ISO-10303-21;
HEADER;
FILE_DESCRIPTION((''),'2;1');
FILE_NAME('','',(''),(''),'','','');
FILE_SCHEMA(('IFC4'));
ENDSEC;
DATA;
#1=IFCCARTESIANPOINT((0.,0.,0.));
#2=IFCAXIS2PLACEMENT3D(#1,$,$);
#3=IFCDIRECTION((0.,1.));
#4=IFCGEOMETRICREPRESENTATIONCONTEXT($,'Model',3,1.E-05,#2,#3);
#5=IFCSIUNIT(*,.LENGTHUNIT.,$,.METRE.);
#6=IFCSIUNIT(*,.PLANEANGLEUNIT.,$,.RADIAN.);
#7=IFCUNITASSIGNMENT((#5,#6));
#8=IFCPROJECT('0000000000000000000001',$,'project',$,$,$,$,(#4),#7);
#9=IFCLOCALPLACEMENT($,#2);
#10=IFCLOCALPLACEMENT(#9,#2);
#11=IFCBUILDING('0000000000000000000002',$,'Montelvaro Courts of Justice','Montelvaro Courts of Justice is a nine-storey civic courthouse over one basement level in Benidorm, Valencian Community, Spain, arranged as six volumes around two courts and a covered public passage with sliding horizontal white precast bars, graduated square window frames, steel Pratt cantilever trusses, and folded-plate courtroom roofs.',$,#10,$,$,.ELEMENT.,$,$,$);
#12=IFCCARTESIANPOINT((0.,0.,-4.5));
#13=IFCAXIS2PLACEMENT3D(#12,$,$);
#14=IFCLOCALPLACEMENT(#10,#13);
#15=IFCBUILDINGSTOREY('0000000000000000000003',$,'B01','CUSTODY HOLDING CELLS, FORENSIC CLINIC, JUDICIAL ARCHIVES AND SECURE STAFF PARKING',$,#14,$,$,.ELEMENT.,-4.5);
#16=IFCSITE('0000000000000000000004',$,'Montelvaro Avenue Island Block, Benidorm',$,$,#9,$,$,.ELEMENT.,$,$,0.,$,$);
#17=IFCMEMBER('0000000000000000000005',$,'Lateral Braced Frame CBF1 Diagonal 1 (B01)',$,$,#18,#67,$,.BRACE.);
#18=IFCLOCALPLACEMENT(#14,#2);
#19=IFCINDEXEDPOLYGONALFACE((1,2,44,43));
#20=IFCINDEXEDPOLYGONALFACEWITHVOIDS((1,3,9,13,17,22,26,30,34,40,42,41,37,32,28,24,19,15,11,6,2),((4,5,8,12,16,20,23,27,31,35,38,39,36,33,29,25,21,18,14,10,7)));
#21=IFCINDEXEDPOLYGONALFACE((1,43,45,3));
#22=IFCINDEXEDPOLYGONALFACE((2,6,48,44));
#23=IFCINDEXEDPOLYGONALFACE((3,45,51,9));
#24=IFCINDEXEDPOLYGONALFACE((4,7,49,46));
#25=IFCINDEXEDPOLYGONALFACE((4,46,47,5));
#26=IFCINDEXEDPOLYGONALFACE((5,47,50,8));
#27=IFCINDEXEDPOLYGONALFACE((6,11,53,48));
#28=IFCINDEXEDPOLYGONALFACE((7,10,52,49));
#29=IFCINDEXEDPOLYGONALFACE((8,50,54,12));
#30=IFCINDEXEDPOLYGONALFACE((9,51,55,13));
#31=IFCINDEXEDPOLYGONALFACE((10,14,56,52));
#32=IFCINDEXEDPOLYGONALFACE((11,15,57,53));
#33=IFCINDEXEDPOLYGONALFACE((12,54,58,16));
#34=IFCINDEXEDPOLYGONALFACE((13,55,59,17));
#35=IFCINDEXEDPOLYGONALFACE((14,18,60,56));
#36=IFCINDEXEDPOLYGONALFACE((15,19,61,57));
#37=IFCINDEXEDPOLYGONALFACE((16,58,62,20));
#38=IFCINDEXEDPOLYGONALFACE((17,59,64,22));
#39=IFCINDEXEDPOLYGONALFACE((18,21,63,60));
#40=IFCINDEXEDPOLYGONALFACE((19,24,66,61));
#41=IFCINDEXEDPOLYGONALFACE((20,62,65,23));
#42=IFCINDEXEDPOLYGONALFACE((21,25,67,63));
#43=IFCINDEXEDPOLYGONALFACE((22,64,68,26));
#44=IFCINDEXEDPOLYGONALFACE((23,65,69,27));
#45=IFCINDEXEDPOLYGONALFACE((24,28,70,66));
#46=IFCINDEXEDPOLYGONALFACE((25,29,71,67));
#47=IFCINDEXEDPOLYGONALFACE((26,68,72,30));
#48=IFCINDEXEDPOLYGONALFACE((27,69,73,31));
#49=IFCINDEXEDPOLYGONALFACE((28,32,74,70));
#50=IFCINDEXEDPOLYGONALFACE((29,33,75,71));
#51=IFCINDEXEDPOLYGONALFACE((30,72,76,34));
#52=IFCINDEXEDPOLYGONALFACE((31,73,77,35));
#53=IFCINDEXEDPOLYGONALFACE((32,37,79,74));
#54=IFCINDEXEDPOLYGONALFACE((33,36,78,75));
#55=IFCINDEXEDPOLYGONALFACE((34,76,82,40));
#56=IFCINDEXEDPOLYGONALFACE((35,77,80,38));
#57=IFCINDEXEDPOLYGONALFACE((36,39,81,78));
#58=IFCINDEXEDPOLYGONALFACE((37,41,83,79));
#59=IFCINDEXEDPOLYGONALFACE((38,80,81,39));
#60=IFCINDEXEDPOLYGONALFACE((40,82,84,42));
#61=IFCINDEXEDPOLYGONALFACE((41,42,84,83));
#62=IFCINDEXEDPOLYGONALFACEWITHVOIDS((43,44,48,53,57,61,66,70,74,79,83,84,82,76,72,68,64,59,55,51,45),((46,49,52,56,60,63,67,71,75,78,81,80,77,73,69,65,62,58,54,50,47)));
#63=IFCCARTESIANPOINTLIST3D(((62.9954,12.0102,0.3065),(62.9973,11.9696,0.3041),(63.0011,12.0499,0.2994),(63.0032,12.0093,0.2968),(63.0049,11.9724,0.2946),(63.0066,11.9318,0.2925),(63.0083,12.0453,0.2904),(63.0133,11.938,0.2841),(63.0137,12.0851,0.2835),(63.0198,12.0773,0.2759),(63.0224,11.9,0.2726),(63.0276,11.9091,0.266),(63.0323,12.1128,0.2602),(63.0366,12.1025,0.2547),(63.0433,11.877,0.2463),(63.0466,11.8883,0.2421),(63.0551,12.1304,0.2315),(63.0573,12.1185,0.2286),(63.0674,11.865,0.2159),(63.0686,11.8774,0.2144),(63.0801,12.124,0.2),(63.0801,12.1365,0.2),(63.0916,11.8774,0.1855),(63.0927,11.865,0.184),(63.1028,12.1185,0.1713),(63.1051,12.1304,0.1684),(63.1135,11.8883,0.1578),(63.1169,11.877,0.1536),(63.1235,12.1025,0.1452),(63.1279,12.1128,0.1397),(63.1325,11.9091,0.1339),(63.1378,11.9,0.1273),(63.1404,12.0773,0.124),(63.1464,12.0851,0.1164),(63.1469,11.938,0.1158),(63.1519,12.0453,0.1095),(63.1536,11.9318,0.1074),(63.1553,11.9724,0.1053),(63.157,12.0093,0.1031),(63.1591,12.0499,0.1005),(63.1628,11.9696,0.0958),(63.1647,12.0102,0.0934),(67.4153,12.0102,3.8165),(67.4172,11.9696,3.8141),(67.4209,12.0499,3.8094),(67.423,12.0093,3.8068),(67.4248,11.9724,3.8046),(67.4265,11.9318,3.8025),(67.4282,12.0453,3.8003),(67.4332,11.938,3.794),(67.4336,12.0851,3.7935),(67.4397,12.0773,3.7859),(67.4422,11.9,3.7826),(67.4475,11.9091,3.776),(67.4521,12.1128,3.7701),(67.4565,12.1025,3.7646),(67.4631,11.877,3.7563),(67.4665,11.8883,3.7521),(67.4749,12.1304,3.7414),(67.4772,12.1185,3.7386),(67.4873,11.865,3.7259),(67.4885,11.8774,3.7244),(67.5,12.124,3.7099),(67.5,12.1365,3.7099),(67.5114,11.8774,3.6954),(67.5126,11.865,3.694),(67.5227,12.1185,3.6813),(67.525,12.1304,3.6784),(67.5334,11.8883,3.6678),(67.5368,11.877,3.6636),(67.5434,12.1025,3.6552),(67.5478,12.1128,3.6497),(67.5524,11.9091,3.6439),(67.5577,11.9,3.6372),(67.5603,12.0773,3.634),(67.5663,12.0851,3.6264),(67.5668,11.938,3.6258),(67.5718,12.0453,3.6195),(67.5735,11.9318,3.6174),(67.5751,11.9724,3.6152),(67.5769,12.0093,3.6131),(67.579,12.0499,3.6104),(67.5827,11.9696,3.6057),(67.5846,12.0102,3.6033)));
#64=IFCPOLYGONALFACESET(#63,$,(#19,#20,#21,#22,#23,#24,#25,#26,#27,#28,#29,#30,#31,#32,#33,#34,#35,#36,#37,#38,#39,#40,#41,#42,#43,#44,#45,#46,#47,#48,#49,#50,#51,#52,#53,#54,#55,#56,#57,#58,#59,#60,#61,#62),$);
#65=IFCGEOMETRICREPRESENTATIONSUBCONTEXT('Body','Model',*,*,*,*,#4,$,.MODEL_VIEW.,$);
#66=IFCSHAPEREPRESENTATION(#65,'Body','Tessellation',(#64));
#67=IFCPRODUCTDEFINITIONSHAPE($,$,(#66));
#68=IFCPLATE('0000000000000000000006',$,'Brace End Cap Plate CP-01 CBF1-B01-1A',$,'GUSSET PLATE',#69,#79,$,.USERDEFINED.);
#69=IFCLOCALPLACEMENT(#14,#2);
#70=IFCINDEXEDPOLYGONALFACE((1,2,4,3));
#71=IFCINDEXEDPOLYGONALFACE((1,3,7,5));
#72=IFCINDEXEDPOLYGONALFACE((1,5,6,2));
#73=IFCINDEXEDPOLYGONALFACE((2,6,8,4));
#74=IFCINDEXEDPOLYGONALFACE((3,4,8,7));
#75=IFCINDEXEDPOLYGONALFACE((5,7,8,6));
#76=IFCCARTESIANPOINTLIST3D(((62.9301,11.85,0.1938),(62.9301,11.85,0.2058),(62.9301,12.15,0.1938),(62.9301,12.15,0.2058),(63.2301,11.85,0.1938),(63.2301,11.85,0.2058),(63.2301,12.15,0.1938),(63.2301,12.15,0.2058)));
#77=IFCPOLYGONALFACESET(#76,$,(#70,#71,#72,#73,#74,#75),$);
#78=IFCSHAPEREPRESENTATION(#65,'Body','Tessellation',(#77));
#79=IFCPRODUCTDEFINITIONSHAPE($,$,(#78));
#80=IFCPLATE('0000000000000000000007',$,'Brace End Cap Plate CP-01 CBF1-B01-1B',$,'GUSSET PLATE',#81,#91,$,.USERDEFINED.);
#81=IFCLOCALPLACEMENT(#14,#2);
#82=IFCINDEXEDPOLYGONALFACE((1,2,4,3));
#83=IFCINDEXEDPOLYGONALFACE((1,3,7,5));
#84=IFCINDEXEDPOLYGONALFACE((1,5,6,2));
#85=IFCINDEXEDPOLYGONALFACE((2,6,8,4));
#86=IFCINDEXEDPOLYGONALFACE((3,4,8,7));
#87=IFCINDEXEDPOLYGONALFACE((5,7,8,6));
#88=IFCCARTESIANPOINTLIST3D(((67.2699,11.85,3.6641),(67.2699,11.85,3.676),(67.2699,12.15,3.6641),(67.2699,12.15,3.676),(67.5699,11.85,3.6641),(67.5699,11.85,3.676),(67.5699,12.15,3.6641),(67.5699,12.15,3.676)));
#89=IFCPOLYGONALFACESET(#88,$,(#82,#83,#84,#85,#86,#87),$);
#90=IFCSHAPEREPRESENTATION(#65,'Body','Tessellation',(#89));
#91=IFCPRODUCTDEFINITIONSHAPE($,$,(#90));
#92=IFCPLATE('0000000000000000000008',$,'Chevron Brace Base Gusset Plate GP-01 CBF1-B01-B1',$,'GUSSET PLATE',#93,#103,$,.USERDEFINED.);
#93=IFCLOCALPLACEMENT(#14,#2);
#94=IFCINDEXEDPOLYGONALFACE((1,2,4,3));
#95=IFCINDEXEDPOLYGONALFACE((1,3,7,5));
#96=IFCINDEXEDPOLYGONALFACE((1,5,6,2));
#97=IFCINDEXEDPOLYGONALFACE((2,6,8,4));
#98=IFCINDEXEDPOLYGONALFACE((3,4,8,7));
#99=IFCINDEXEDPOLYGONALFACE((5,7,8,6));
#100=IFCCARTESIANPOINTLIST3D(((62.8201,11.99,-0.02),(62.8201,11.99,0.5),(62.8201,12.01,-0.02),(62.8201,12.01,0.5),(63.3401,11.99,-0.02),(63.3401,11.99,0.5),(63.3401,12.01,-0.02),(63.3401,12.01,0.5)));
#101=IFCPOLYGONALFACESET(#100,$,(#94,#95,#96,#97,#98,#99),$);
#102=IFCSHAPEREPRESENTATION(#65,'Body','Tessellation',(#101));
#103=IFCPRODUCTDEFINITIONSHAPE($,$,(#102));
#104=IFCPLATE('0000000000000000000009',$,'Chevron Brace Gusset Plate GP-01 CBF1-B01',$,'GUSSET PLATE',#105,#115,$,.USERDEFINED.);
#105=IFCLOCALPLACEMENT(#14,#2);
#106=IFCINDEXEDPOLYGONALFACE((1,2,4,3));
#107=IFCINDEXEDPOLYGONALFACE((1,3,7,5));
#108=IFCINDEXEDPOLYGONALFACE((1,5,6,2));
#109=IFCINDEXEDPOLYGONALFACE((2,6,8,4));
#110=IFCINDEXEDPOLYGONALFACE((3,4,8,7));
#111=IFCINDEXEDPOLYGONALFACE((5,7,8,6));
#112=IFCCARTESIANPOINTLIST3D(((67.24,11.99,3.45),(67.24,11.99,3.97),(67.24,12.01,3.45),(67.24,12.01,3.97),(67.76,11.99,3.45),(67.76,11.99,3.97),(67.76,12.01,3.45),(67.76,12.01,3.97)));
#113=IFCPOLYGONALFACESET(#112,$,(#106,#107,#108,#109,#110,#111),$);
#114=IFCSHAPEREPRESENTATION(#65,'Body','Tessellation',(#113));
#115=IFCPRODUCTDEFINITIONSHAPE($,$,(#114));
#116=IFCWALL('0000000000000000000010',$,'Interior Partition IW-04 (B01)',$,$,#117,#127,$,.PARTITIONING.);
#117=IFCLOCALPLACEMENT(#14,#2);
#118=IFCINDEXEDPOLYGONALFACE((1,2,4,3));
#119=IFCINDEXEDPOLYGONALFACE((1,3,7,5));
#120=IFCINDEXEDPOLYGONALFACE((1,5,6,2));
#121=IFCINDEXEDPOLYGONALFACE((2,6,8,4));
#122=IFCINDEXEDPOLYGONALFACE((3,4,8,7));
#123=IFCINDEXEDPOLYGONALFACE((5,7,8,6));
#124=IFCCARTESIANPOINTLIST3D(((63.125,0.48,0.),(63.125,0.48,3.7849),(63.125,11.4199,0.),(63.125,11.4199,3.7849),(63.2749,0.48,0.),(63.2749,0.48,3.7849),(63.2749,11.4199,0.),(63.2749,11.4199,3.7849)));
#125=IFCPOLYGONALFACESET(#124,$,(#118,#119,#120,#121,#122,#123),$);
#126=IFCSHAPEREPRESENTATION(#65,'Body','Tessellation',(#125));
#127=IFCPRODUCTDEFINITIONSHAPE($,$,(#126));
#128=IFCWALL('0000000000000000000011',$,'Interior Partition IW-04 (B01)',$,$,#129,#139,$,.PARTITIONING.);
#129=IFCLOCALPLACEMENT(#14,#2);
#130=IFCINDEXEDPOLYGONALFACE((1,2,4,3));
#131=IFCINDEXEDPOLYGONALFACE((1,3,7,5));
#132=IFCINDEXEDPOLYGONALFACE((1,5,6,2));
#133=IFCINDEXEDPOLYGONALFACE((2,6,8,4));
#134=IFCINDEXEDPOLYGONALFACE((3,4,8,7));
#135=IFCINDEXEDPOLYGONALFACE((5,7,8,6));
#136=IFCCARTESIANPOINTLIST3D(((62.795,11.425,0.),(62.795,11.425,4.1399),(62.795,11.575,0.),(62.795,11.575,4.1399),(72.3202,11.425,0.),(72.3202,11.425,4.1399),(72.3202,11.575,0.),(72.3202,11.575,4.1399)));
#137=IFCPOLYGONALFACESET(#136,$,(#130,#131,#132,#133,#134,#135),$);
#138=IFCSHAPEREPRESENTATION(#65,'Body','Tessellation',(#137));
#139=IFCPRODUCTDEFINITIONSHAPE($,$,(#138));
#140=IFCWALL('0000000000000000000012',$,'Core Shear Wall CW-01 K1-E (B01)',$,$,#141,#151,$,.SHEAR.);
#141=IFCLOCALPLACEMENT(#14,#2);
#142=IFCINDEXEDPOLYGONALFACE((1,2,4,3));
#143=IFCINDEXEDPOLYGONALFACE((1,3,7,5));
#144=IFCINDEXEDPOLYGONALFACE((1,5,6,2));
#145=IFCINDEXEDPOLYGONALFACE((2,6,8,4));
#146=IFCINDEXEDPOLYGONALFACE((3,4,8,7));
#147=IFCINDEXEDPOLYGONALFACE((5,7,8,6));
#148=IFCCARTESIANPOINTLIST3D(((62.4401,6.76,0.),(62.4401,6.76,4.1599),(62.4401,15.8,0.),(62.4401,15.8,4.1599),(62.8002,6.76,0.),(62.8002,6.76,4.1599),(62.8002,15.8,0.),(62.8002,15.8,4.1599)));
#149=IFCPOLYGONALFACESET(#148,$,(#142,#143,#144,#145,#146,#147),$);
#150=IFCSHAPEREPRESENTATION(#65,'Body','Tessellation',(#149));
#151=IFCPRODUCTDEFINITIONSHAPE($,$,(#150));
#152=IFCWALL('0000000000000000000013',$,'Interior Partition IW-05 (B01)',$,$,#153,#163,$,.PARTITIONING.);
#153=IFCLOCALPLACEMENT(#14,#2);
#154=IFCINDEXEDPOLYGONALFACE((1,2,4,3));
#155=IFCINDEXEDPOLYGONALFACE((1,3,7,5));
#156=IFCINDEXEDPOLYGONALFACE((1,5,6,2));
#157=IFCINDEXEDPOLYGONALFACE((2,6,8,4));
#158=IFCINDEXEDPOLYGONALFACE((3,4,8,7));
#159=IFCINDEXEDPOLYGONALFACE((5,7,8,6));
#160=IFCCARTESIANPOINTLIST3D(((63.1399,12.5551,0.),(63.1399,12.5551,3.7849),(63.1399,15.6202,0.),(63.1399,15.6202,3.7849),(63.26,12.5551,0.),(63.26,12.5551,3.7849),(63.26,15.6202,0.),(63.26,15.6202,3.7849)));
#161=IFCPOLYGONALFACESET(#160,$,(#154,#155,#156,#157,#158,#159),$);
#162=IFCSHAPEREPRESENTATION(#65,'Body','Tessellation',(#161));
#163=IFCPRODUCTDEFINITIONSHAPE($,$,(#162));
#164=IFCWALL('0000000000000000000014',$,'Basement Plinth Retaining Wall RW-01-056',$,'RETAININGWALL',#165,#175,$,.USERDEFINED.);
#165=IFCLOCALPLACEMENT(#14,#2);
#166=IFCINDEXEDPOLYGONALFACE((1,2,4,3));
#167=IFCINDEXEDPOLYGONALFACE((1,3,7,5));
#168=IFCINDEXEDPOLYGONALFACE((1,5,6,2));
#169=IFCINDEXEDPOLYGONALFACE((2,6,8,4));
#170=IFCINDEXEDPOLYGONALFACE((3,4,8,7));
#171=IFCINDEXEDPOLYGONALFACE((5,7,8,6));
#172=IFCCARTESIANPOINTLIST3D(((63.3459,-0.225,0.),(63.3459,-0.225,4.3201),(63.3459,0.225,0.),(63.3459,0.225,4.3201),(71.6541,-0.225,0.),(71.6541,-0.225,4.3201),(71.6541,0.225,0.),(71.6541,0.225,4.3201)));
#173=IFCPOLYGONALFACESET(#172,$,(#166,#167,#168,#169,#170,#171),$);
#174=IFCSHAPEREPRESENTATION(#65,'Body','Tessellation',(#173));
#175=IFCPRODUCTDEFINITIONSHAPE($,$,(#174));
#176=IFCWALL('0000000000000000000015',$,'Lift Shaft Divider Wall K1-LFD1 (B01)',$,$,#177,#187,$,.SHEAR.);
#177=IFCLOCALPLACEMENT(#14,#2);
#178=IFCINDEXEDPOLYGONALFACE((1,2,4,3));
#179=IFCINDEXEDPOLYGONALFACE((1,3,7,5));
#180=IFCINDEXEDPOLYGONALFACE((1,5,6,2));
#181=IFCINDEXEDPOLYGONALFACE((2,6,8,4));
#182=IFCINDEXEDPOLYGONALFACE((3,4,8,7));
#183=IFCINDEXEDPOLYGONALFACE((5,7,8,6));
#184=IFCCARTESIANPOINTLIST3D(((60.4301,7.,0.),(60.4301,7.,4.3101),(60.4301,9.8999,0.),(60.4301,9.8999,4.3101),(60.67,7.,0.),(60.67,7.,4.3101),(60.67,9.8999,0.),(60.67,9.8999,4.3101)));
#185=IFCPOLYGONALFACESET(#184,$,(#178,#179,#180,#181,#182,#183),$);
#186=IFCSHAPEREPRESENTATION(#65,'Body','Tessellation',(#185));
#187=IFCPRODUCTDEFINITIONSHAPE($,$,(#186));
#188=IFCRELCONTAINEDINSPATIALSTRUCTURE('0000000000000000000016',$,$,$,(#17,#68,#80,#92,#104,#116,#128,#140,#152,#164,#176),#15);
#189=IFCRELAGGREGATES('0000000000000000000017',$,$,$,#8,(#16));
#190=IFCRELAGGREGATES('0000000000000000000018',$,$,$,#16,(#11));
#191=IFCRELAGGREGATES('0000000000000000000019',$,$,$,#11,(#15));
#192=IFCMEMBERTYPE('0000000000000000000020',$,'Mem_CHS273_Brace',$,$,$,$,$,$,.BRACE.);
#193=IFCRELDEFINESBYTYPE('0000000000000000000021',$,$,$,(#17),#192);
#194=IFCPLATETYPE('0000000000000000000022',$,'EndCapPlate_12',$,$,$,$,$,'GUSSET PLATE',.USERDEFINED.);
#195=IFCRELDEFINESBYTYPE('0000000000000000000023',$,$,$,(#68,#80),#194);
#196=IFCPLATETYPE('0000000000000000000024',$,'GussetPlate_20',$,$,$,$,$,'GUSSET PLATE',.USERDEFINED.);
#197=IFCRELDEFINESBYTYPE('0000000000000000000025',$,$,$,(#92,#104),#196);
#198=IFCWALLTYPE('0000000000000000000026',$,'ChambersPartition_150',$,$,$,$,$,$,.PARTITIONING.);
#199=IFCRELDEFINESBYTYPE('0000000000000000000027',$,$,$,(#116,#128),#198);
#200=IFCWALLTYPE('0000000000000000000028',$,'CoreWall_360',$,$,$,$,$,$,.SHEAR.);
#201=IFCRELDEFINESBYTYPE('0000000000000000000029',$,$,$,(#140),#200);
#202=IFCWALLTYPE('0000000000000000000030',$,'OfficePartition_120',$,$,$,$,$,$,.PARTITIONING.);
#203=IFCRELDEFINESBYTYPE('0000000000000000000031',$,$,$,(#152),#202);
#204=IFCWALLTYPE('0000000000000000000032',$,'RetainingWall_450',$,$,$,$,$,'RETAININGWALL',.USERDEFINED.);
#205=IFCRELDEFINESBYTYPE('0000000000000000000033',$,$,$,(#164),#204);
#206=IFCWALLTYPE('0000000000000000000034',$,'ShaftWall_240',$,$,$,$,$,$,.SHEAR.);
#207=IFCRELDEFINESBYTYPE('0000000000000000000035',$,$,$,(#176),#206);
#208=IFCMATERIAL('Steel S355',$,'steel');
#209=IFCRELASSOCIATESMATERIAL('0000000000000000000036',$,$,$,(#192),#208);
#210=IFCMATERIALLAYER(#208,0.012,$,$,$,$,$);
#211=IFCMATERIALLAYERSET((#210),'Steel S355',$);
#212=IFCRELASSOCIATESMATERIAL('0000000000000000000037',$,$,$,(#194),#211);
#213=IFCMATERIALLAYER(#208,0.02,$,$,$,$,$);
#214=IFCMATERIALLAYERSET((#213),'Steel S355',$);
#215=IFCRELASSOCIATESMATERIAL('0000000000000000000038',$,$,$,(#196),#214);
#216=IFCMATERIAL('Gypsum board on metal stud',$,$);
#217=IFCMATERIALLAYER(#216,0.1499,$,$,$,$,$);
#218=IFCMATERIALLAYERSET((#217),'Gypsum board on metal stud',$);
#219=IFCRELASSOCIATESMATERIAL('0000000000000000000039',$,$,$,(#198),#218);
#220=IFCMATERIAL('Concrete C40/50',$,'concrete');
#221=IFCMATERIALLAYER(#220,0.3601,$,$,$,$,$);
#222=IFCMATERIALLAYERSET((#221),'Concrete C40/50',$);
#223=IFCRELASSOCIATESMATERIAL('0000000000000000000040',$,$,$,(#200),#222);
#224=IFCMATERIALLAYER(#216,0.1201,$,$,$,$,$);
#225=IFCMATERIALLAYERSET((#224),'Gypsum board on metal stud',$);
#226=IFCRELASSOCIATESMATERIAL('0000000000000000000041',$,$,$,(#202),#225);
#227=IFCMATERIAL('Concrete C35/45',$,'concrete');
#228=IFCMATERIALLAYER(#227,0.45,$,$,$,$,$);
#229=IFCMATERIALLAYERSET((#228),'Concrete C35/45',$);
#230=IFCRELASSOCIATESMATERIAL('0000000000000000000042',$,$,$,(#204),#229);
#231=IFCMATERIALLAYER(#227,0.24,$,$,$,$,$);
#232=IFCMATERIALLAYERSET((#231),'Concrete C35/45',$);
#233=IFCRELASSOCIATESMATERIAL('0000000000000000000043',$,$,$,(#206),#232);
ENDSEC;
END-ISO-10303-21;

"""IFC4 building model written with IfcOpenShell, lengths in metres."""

from ifc_helpers import new_model, si_unit, direction, frame, frame_2d, origin, origin_2d, place, context, subcontext, project, spatial, rectangle, hollow_circle, extrude, material, layer, layer_set, material_profile, profile_set, type_object, element, save


model = new_model("IFC4")

# Units and contexts
model_context = context("Model", 3, precision=1e-05, world=origin(), true_north=direction((0.0, 1.0)))
body_context = subcontext(model_context, "Body", "Model", "MODEL_VIEW")
ifc_project = project(units=[si_unit("LENGTHUNIT", "METRE"), si_unit("PLANEANGLEUNIT", "RADIAN")], contexts=[model_context])

# Site, building, storey
site_placement = place(None, origin())
site = spatial("IfcSite", under=ifc_project, at=site_placement, Name="Montelvaro Avenue Island Block, Benidorm", CompositionType="ELEMENT", RefElevation=0.0)
building_placement = place(site_placement, origin())
building = spatial("IfcBuilding", under=site, at=building_placement, Name="Montelvaro Courts of Justice", Description="Montelvaro Courts of Justice is a nine-storey civic courthouse over one basement level in Benidorm, Valencian Community, Spain, arranged as six volumes around two courts and a covered public passage with sliding horizontal white precast bars, graduated square window frames, steel Pratt cantilever trusses, and folded-plate courtroom roofs.", CompositionType="ELEMENT")
storey_placement = place(building_placement, frame((0.0, 0.0, -4.5)))
storey = spatial("IfcBuildingStorey", under=building, at=storey_placement, Name="B01", Description="CUSTODY HOLDING CELLS, FORENSIC CLINIC, JUDICIAL ARCHIVES AND SECURE STAFF PARKING", CompositionType="ELEMENT", Elevation=-4.5)

# Shared definitions
ifc_material_1 = material(Name="Concrete C35/45", Category="concrete")

# Shared definitions
ifc_material_2 = material(Name="Concrete C40/50", Category="concrete")

# Shared definitions
ifc_material_3 = material(Name="Steel S355", Category="steel")

# Member
ifc_material_profile_1 = material_profile(ifc_material_3, hollow_circle(Radius=0.1365, WallThickness=0.0125, at=origin_2d()), Name="CHS 273x12.5")
ifc_profile_set_1 = profile_set([ifc_material_profile_1], Name="Steel S355")
member_type = type_object("IfcMemberType", Name="Mem_CHS273_Brace", PredefinedType="BRACE", material=ifc_profile_set_1)
member_placement = place(storey_placement, frame((63.0801, 12.0, 0.2), z_axis=(0.783105, 0.0, 0.62189), x_axis=(0.0, 1.0, 0.0)))
element("IfcMember", 1, at=member_placement, inside=storey, type_object=member_type, Name="Lateral Braced Frame CBF1 Diagonal 1 (B01)", PredefinedType="BRACE", context=body_context, shape_type="SweptSolid", body=[
    extrude(hollow_circle(Radius=0.1365, WallThickness=0.0125, at=origin_2d()), origin(), (0.0, 0.0, 1.0), 5.644),
])

# Plates
ifc_layer_1 = layer(ifc_material_3, 0.012)
ifc_layer_set_1 = layer_set([ifc_layer_1], Name="Steel S355")
plate_type_1 = type_object("IfcPlateType", Name="EndCapPlate_12", ElementType="GUSSET PLATE", PredefinedType="USERDEFINED", material=ifc_layer_set_1)
for number, where, z_axis, x_axis, name in (
    (2, (63.0801, 12.0, 0.1938), (0.0, 0.0, 1.0), (1.0, 0.0, 0.0), "Brace End Cap Plate CP-01 CBF1-B01-1A"),
    (3, (67.4199, 12.0, 3.6641), (0.0, 0.0, 1.0), (1.0, 0.0, 0.0), "Brace End Cap Plate CP-01 CBF1-B01-1B"),
):
    element("IfcPlate", number, at=place(storey_placement, frame(where, z_axis=z_axis, x_axis=x_axis)), inside=storey, type_object=plate_type_1, Name=name, ObjectType="GUSSET PLATE", PredefinedType="USERDEFINED", context=body_context, shape_type="SweptSolid", body=[
        extrude(rectangle(XDim=0.3, YDim=0.3, at=origin_2d()), origin(), (0.0, 0.0, 1.0), 0.012),
    ])
ifc_layer_2 = layer(ifc_material_3, 0.02)
ifc_layer_set_2 = layer_set([ifc_layer_2], Name="Steel S355")
plate_type_2 = type_object("IfcPlateType", Name="GussetPlate_20", ElementType="GUSSET PLATE", PredefinedType="USERDEFINED", material=ifc_layer_set_2)
for number, where, z_axis, x_axis, name in (
    (4, (63.0801, 12.0, -0.02), (0.0, 0.0, 1.0), (1.0, 0.0, 0.0), "Chevron Brace Base Gusset Plate GP-01 CBF1-B01-B1"),
    (5, (67.5, 12.0, 3.45), (0.0, 0.0, 1.0), (1.0, 0.0, 0.0), "Chevron Brace Gusset Plate GP-01 CBF1-B01"),
):
    element("IfcPlate", number, at=place(storey_placement, frame(where, z_axis=z_axis, x_axis=x_axis)), inside=storey, type_object=plate_type_2, Name=name, ObjectType="GUSSET PLATE", PredefinedType="USERDEFINED", context=body_context, shape_type="SweptSolid", body=[
        extrude(rectangle(XDim=0.52, YDim=0.02, at=origin_2d()), origin(), (0.0, 0.0, 1.0), 0.52),
    ])

# Walls
ifc_material_4 = material(Name="Gypsum board on metal stud")
ifc_layer_3 = layer(ifc_material_4, 0.1499)
ifc_layer_set_3 = layer_set([ifc_layer_3], Name="Gypsum board on metal stud")
wall_type_1 = type_object("IfcWallType", Name="ChambersPartition_150", PredefinedType="PARTITIONING", material=ifc_layer_set_3)
wall_1_placement = place(storey_placement, frame((63.2, 0.48, 0.0), z_axis=(0.0, 0.0, 1.0), x_axis=(0.0, 1.0, 0.0)))
element("IfcWall", 6, at=wall_1_placement, inside=storey, type_object=wall_type_1, Name="Interior Partition IW-04 (B01)", PredefinedType="PARTITIONING", context=body_context, shape_type="SweptSolid", body=[
    extrude(rectangle(XDim=10.9399, YDim=0.1499, at=frame_2d((5.47, 0.0))), origin(), (0.0, 0.0, 1.0), 3.7849),
])
wall_2_placement = place(storey_placement, frame((62.7949, 11.5, 0.0), z_axis=(0.0, 0.0, 1.0), x_axis=(1.0, 0.0, 0.0)))
element("IfcWall", 7, at=wall_2_placement, inside=storey, type_object=wall_type_1, Name="Interior Partition IW-04 (B01)", PredefinedType="PARTITIONING", context=body_context, shape_type="SweptSolid", body=[
    extrude(rectangle(XDim=9.5251, YDim=0.1499, at=frame_2d((4.7627, 0.0))), origin(), (0.0, 0.0, 1.0), 4.1399),
])
ifc_layer_4 = layer(ifc_material_2, 0.3601)
ifc_layer_set_4 = layer_set([ifc_layer_4], Name="Concrete C40/50")
wall_type_2 = type_object("IfcWallType", Name="CoreWall_360", PredefinedType="SHEAR", material=ifc_layer_set_4)
wall_3_placement = place(storey_placement, frame((62.6201, 6.76, 0.0), z_axis=(0.0, 0.0, 1.0), x_axis=(0.0, 1.0, 0.0)))
element("IfcWall", 8, at=wall_3_placement, inside=storey, type_object=wall_type_2, Name="Core Shear Wall CW-01 K1-E (B01)", PredefinedType="SHEAR", context=body_context, shape_type="SweptSolid", body=[
    extrude(rectangle(XDim=9.04, YDim=0.3601, at=frame_2d((4.52, 0.0))), origin(), (0.0, 0.0, 1.0), 4.1599),
])
ifc_layer_5 = layer(ifc_material_4, 0.1201)
ifc_layer_set_5 = layer_set([ifc_layer_5], Name="Gypsum board on metal stud")
wall_type_3 = type_object("IfcWallType", Name="OfficePartition_120", PredefinedType="PARTITIONING", material=ifc_layer_set_5)
wall_4_placement = place(storey_placement, frame((63.2, 12.5549, 0.0), z_axis=(0.0, 0.0, 1.0), x_axis=(0.0, 1.0, 0.0)))
element("IfcWall", 9, at=wall_4_placement, inside=storey, type_object=wall_type_3, Name="Interior Partition IW-05 (B01)", PredefinedType="PARTITIONING", context=body_context, shape_type="SweptSolid", body=[
    extrude(rectangle(XDim=3.0652, YDim=0.1201, at=frame_2d((1.5327, 0.0))), origin(), (0.0, 0.0, 1.0), 3.7849),
])
ifc_layer_6 = layer(ifc_material_1, 0.45)
ifc_layer_set_6 = layer_set([ifc_layer_6], Name="Concrete C35/45")
wall_type_4 = type_object("IfcWallType", Name="RetainingWall_450", ElementType="RETAININGWALL", PredefinedType="USERDEFINED", material=ifc_layer_set_6)
wall_5_placement = place(storey_placement, frame((63.3459, 0.0, 0.0), z_axis=(0.0, 0.0, 1.0), x_axis=(1.0, 0.0, 0.0)))
element("IfcWall", 10, at=wall_5_placement, inside=storey, type_object=wall_type_4, Name="Basement Plinth Retaining Wall RW-01-056", ObjectType="RETAININGWALL", PredefinedType="USERDEFINED", context=body_context, shape_type="SweptSolid", body=[
    extrude(rectangle(XDim=8.3081, YDim=0.45, at=frame_2d((4.1541, 0.0))), origin(), (0.0, 0.0, 1.0), 4.3201),
])
ifc_layer_7 = layer(ifc_material_1, 0.24)
ifc_layer_set_7 = layer_set([ifc_layer_7], Name="Concrete C35/45")
wall_type_5 = type_object("IfcWallType", Name="ShaftWall_240", PredefinedType="SHEAR", material=ifc_layer_set_7)
wall_6_placement = place(storey_placement, frame((60.55, 7.0, 0.0), z_axis=(0.0, 0.0, 1.0), x_axis=(0.0, 1.0, 0.0)))
element("IfcWall", 11, at=wall_6_placement, inside=storey, type_object=wall_type_5, Name="Lift Shaft Divider Wall K1-LFD1 (B01)", PredefinedType="SHEAR", context=body_context, shape_type="SweptSolid", body=[
    extrude(rectangle(XDim=2.8999, YDim=0.24, at=frame_2d((1.45, 0.0))), origin(), (0.0, 0.0, 1.0), 4.3101),
])

save(model, "model.ifc")
